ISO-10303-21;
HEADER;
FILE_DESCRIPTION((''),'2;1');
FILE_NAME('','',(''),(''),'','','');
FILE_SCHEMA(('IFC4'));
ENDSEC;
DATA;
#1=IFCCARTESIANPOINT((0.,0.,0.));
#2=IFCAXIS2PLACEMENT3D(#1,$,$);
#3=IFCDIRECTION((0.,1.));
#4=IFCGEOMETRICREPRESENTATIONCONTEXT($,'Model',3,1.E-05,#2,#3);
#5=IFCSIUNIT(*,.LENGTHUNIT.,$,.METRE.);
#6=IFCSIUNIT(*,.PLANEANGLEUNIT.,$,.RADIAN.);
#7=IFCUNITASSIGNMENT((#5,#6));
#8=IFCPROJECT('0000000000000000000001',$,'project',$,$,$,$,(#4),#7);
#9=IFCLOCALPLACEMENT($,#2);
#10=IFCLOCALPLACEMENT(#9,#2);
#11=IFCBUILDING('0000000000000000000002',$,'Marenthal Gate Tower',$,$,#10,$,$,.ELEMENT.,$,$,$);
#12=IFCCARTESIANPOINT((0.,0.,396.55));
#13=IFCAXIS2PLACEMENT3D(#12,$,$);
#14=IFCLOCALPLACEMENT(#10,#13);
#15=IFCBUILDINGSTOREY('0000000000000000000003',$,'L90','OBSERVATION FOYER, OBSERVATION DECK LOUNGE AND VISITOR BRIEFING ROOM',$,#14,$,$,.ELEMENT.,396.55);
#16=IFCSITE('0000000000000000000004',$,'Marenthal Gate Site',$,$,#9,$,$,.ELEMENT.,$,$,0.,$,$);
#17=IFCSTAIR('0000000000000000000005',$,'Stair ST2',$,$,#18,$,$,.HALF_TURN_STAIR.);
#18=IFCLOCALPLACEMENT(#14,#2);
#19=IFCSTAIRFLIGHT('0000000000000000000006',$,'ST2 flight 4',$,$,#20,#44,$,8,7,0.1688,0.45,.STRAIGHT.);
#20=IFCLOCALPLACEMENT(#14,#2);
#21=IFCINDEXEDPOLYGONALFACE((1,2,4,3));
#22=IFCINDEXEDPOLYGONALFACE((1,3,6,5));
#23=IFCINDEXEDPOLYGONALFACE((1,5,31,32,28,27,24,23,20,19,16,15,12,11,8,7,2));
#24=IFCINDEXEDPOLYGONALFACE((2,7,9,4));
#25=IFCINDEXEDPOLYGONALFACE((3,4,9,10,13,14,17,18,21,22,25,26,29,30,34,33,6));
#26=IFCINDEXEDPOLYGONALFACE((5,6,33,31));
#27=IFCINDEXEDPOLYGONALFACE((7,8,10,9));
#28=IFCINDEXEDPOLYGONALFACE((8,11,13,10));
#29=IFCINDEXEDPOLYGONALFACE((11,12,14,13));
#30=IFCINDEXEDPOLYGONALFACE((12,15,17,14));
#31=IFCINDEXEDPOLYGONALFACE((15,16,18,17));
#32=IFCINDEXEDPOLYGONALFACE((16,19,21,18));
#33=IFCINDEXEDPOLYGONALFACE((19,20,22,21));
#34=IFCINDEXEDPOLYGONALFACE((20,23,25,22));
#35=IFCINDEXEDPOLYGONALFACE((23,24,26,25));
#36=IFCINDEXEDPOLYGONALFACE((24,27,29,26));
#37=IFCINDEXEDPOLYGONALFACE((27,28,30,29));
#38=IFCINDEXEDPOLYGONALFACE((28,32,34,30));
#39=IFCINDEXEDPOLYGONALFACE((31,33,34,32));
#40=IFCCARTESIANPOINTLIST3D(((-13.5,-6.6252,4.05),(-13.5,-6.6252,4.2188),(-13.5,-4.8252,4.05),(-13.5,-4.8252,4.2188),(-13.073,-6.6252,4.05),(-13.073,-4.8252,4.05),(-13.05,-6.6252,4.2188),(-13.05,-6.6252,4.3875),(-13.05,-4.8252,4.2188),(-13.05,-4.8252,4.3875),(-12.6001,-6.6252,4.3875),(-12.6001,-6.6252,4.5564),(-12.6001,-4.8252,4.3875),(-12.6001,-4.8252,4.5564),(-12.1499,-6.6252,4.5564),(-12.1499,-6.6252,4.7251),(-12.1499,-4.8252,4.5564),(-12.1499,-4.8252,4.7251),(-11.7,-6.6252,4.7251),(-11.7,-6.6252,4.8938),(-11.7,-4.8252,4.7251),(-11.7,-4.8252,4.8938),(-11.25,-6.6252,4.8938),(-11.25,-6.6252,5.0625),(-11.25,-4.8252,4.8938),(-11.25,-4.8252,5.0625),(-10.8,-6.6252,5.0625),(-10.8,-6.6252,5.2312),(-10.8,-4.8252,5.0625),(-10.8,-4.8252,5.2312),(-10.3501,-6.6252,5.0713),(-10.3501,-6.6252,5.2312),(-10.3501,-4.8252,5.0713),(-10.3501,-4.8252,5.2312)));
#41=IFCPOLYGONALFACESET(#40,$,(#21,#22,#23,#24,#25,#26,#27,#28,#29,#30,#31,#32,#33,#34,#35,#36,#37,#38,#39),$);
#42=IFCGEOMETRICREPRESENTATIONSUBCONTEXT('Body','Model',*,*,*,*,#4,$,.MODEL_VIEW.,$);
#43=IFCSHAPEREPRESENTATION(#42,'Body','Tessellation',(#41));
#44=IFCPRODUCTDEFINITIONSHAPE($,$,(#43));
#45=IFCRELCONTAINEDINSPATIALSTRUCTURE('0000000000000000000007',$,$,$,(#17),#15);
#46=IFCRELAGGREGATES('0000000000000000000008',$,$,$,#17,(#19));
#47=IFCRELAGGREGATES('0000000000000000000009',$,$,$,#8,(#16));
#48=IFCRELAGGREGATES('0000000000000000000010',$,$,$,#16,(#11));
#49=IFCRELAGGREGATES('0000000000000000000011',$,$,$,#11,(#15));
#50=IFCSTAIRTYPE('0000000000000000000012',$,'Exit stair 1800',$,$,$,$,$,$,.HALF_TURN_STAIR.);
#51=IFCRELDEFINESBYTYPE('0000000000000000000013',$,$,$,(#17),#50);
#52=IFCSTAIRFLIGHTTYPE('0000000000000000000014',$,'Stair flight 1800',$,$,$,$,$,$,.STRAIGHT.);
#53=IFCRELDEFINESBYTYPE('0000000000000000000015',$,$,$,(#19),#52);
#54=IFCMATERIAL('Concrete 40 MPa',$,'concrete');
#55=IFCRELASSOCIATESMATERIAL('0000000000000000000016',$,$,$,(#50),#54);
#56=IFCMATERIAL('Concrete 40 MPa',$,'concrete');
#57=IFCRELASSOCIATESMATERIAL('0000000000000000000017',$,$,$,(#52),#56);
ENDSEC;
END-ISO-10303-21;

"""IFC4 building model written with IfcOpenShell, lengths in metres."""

from ifc_helpers import new_model, si_unit, direction, frame, origin, place, context, subcontext, project, spatial, polyline, outline, extrude, material, type_object, element, aggregate, save


model = new_model("IFC4")

# Units and contexts
model_context = context("Model", 3, precision=1e-05, world=origin(), true_north=direction((0.0, 1.0)))
body_context = subcontext(model_context, "Body", "Model", "MODEL_VIEW")
ifc_project = project(units=[si_unit("LENGTHUNIT", "METRE"), si_unit("PLANEANGLEUNIT", "RADIAN")], contexts=[model_context])

# Site, building, storey
site_placement = place(None, origin())
site = spatial("IfcSite", under=ifc_project, at=site_placement, Name="Marenthal Gate Site", CompositionType="ELEMENT", RefElevation=0.0)
building_placement = place(site_placement, origin())
building = spatial("IfcBuilding", under=site, at=building_placement, Name="Marenthal Gate Tower", CompositionType="ELEMENT")
storey_placement = place(building_placement, frame((0.0, 0.0, 396.55)))
storey = spatial("IfcBuildingStorey", under=building, at=storey_placement, Name="L90", Description="OBSERVATION FOYER, OBSERVATION DECK LOUNGE AND VISITOR BRIEFING ROOM", CompositionType="ELEMENT", Elevation=396.55)

# Stair, stair flight
ifc_material_1 = material(Name="Concrete 40 MPa", Category="concrete")
stair_type = type_object("IfcStairType", Name="Exit stair 1800", PredefinedType="HALF_TURN_STAIR", material=ifc_material_1)
stair_placement = place(storey_placement, origin())
stair = element("IfcStair", 1, at=stair_placement, inside=storey, type_object=stair_type, Name="Stair ST2", PredefinedType="HALF_TURN_STAIR")
ifc_material_2 = material(Name="Concrete 40 MPa", Category="concrete")
stair_flight_type = type_object("IfcStairFlightType", Name="Stair flight 1800", PredefinedType="STRAIGHT", material=ifc_material_2)
stair_flight_1_placement = place(storey_placement, frame((-13.5, -5.7251, 4.05), z_axis=(0.0, 0.0, 1.0), x_axis=(1.0, 0.0, 0.0)))
stair_flight_1 = element("IfcStairFlight", 2, at=stair_flight_1_placement, type_object=stair_flight_type, Name="ST2 flight 4", NumberOfRisers=8, NumberOfTreads=7, PredefinedType="STRAIGHT", RiserHeight=0.1688, TreadLength=0.45, context=body_context, shape_type="SweptSolid", body=[
    extrude(outline(polyline([(0.0, 0.0), (0.0, 0.1687), (0.45, 0.1687), (0.45, 0.3374), (0.8999, 0.3374), (0.8999, 0.5063), (1.3501, 0.5063), (1.3501, 0.675), (1.8, 0.675), (1.8, 0.8438), (2.25, 0.8438), (2.25, 1.0125), (2.7, 1.0125), (2.7, 1.1812), (3.1499, 1.1812), (3.1499, 1.3501), (3.1499, 1.0212), (0.427, 0.0), (0.0, 0.0)])), frame((0.0, 0.8999, 0.0), z_axis=(0.0, -1.0, 0.0), x_axis=(1.0, 0.0, 0.0)), (0.0, 0.0, 1.0), 1.8),
])
aggregate(stair, [stair_flight_1])

save(model, "model.ifc")
